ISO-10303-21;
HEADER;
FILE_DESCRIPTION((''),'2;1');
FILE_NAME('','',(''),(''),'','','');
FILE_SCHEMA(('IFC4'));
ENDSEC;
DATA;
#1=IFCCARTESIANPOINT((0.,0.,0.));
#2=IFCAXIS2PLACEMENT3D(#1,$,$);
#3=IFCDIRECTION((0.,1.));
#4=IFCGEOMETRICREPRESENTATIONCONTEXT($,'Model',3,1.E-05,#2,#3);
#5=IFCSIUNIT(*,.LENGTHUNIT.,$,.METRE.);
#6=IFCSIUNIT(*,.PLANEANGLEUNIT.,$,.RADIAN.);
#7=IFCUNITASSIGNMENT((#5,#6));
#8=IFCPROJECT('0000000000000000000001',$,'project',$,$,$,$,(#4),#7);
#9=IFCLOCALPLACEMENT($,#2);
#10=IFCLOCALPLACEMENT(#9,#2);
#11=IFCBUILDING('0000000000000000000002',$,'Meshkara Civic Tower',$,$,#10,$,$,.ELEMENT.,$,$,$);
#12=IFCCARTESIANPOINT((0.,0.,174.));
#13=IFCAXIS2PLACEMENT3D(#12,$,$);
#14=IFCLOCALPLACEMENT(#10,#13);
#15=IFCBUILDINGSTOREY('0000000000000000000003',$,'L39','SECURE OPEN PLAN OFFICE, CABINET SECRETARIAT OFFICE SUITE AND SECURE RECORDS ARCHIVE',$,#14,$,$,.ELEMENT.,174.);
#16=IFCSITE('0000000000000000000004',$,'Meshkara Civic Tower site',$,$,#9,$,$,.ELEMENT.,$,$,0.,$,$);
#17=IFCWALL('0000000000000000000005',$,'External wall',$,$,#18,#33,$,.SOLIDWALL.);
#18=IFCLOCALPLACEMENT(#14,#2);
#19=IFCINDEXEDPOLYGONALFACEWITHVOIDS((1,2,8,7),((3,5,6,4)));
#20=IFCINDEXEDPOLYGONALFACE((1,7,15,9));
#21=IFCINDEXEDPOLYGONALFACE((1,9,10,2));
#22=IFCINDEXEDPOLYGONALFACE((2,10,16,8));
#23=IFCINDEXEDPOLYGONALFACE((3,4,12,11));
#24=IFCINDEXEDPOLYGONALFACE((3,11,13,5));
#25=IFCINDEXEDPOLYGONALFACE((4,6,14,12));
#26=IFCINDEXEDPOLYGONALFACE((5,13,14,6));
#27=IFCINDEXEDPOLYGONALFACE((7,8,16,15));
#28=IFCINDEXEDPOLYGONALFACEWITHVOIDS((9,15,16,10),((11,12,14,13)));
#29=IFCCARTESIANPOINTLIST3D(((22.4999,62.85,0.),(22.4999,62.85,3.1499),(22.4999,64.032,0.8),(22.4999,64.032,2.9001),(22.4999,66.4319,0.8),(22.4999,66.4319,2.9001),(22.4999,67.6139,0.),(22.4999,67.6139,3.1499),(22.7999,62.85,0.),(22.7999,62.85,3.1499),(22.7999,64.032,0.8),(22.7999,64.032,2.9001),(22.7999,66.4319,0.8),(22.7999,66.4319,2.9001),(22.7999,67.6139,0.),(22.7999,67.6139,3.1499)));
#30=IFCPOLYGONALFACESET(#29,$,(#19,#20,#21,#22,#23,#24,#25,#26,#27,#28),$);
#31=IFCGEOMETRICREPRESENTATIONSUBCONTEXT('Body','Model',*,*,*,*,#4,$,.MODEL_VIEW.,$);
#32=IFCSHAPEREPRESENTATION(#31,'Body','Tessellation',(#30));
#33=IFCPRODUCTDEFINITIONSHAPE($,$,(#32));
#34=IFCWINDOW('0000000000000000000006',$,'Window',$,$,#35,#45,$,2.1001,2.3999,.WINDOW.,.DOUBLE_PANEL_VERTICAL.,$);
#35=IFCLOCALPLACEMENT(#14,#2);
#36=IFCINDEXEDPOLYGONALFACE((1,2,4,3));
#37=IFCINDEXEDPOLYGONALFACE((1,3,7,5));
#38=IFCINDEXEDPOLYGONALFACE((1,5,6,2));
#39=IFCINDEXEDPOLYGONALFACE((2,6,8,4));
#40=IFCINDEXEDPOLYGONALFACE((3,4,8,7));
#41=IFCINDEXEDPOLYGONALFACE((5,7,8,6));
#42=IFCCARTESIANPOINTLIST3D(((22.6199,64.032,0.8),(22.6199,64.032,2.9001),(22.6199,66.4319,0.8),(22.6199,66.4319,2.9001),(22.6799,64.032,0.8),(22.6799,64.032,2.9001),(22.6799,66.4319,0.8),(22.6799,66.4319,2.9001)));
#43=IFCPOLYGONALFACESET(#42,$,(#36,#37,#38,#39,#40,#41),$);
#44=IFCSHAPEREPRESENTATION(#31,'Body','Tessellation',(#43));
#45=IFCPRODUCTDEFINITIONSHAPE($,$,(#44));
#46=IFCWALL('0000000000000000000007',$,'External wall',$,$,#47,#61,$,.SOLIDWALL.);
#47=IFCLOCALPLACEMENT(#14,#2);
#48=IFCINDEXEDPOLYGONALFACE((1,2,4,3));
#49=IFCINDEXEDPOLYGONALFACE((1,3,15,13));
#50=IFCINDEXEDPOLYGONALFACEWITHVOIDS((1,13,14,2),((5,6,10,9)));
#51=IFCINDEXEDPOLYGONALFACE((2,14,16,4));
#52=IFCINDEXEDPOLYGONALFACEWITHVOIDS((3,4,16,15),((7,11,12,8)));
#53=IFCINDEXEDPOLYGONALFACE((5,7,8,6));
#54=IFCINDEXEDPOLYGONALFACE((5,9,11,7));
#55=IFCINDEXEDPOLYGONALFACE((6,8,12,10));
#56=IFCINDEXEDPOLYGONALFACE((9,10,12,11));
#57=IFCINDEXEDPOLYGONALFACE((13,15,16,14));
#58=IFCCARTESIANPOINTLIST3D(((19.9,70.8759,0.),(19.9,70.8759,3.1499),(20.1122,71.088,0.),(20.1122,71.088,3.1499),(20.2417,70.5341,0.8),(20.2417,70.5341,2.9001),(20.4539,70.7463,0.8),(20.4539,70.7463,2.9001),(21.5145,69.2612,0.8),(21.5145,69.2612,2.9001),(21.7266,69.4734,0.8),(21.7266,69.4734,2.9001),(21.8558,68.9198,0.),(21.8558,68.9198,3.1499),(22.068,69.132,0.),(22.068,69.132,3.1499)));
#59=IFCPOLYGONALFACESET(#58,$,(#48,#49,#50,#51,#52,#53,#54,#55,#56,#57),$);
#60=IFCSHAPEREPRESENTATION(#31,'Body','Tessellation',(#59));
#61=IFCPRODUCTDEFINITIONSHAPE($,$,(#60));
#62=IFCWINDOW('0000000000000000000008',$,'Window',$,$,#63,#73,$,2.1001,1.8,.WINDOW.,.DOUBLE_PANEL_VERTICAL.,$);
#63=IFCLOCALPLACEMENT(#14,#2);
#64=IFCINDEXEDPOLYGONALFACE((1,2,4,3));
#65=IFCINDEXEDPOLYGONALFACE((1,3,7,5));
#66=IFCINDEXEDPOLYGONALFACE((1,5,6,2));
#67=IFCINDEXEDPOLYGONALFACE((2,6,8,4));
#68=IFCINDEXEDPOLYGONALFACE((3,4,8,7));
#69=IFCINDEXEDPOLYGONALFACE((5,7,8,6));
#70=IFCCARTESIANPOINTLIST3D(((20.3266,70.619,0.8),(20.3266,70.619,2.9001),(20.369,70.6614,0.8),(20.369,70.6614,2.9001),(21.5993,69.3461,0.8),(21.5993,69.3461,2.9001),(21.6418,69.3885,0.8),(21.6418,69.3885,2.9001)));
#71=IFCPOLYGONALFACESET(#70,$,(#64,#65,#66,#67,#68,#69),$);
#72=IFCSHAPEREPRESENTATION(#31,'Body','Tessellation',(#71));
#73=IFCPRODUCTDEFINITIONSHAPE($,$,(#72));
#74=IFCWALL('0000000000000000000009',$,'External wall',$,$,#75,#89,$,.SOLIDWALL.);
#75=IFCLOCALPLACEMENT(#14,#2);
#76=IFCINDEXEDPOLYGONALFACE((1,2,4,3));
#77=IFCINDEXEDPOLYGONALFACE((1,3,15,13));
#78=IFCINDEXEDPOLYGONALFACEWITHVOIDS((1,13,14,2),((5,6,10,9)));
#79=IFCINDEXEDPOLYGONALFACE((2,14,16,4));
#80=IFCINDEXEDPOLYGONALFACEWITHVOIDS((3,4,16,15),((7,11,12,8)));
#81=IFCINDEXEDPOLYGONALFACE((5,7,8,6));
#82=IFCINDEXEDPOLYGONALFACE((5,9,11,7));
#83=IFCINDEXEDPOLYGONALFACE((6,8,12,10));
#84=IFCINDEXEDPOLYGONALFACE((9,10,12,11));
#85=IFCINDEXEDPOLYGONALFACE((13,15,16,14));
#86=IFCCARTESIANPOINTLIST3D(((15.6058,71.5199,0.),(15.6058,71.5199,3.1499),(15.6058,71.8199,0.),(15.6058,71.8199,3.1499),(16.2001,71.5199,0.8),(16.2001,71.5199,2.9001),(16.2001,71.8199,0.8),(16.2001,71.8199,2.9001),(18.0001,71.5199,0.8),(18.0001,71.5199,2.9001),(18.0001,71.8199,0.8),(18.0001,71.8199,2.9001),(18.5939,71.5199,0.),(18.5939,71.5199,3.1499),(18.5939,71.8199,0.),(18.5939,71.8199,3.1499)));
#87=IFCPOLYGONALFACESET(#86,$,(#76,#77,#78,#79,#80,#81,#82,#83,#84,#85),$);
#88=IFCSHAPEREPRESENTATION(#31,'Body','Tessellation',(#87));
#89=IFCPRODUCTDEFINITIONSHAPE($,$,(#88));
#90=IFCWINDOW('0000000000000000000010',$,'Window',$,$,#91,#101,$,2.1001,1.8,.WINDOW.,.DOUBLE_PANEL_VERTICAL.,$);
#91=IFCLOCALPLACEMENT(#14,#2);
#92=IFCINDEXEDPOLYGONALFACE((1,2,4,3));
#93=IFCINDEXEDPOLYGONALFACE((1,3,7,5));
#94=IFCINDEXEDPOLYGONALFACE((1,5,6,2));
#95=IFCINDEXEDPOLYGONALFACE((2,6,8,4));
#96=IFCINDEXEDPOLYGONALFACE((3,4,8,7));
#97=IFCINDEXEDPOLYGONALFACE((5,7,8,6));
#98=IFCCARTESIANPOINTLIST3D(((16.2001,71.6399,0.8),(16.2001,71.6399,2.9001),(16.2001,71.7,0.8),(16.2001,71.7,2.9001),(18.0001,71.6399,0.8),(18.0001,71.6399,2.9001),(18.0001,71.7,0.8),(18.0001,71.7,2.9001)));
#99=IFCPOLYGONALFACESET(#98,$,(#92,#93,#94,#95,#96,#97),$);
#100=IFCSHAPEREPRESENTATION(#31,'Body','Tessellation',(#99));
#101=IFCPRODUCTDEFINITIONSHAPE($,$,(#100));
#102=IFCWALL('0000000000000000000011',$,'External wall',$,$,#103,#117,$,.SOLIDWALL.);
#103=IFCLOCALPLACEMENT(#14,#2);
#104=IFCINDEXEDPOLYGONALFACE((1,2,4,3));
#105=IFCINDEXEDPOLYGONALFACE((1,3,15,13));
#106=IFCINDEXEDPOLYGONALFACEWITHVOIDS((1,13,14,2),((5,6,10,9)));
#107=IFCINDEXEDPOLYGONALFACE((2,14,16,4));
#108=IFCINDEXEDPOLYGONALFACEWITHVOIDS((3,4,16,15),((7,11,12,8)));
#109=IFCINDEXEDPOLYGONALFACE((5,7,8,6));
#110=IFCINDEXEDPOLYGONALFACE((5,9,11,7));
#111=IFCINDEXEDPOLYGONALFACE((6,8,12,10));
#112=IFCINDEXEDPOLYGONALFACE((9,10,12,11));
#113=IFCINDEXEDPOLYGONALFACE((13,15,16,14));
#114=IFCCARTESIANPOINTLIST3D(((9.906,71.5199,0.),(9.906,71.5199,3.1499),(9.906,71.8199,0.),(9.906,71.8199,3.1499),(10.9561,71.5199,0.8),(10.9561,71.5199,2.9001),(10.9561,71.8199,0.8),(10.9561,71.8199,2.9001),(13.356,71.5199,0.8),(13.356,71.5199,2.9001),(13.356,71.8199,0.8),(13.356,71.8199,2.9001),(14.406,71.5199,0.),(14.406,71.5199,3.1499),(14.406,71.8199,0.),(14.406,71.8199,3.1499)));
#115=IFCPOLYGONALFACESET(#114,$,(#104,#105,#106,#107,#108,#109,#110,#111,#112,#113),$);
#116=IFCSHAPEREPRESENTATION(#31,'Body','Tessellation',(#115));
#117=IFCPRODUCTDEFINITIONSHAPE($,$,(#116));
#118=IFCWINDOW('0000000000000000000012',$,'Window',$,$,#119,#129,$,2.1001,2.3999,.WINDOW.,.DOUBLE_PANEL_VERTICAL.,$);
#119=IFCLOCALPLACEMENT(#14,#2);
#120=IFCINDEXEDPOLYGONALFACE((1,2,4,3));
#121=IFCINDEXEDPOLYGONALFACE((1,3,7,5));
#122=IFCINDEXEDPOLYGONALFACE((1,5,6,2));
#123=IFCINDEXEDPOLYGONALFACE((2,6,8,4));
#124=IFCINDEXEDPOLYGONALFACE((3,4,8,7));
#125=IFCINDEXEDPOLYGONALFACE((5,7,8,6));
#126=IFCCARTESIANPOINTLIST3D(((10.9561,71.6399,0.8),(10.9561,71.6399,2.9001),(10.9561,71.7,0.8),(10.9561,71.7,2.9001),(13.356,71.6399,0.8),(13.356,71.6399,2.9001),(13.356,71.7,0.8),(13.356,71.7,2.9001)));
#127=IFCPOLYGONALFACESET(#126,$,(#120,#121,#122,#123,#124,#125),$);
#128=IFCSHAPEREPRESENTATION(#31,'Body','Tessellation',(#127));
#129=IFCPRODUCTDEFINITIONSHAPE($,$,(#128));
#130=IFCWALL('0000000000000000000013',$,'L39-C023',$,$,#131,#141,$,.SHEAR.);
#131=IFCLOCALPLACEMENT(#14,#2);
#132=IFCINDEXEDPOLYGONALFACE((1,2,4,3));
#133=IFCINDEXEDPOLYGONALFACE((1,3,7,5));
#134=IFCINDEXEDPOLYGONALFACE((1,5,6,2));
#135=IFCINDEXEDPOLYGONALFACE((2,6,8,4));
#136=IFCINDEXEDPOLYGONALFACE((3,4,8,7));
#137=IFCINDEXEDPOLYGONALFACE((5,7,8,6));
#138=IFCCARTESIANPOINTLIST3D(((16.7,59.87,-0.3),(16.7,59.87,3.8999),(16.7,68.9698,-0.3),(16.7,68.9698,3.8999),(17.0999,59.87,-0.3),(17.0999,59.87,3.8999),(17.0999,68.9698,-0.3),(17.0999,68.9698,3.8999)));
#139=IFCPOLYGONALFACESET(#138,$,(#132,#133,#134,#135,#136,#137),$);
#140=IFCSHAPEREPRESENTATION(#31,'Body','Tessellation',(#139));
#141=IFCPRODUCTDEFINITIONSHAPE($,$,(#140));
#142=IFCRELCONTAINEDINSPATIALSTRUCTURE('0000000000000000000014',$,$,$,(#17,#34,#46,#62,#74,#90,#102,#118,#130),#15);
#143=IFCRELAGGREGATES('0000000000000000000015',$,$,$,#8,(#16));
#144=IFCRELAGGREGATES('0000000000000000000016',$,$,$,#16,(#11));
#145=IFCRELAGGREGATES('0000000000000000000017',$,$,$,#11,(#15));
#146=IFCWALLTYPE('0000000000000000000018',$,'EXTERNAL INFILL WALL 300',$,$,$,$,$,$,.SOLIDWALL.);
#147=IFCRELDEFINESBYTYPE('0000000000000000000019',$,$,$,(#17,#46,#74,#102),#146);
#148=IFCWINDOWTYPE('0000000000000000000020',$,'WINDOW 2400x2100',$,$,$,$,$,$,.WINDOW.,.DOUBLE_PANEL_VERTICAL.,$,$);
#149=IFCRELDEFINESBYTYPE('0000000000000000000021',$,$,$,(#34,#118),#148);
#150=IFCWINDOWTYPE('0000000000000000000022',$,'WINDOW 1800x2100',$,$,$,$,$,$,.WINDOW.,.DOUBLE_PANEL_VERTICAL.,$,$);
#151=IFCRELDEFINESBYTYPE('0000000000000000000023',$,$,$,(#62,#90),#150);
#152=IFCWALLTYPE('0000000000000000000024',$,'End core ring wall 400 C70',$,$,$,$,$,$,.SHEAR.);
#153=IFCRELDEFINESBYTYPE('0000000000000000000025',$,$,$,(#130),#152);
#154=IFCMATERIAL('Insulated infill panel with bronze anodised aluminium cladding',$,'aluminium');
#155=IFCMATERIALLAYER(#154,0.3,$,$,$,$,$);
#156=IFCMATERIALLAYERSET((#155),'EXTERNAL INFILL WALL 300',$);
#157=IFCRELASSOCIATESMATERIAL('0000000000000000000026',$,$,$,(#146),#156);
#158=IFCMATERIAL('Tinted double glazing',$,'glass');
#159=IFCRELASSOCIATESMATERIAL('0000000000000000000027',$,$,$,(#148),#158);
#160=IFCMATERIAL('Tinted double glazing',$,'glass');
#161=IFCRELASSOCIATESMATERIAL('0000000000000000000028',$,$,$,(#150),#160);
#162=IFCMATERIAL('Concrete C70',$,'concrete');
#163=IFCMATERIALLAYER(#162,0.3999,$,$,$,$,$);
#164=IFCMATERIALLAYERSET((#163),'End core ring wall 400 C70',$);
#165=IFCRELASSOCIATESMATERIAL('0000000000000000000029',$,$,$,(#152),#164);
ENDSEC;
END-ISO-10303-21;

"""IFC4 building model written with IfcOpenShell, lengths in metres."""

from ifc_helpers import new_model, si_unit, direction, frame, frame_2d, origin, place, context, subcontext, project, spatial, rectangle, extrude, material, layer, layer_set, type_object, element, fill, save


model = new_model("IFC4")

# Units and contexts
model_context = context("Model", 3, precision=1e-05, world=origin(), true_north=direction((0.0, 1.0)))
body_context = subcontext(model_context, "Body", "Model", "MODEL_VIEW")
ifc_project = project(units=[si_unit("LENGTHUNIT", "METRE"), si_unit("PLANEANGLEUNIT", "RADIAN")], contexts=[model_context])

# Site, building, storey
site_placement = place(None, origin())
site = spatial("IfcSite", under=ifc_project, at=site_placement, Name="Meshkara Civic Tower site", CompositionType="ELEMENT", RefElevation=0.0)
building_placement = place(site_placement, origin())
building = spatial("IfcBuilding", under=site, at=building_placement, Name="Meshkara Civic Tower", CompositionType="ELEMENT")
storey_placement = place(building_placement, frame((0.0, 0.0, 174.0)))
storey = spatial("IfcBuildingStorey", under=building, at=storey_placement, Name="L39", Description="SECURE OPEN PLAN OFFICE, CABINET SECRETARIAT OFFICE SUITE AND SECURE RECORDS ARCHIVE", CompositionType="ELEMENT", Elevation=174.0)

# Walls, openings, windows
ifc_material_1 = material(Name="Insulated infill panel with bronze anodised aluminium cladding", Category="aluminium")
ifc_layer_1 = layer(ifc_material_1, 0.3)
ifc_layer_set_1 = layer_set([ifc_layer_1], Name="EXTERNAL INFILL WALL 300")
wall_type_1 = type_object("IfcWallType", Name="EXTERNAL INFILL WALL 300", PredefinedType="SOLIDWALL", material=ifc_layer_set_1)
wall_1_placement = place(storey_placement, frame((22.6499, 62.8501, 0.0), z_axis=(0.0, 0.0, 1.0), x_axis=(0.0, 1.0, 0.0)))
wall_1 = element("IfcWall", 1, at=wall_1_placement, inside=storey, type_object=wall_type_1, Name="External wall", PredefinedType="SOLIDWALL", context=body_context, shape_type="SweptSolid", body=[
    extrude(rectangle(XDim=4.7639, YDim=0.3, at=frame_2d((2.3818, 0.0))), origin(), (0.0, 0.0, 1.0), 3.1499),
])
opening_1_placement = place(wall_1_placement, frame((1.1819, 0.0, 0.8)))
opening_1 = element("IfcOpeningElement", 2, at=opening_1_placement, cuts=wall_1, PredefinedType="OPENING", context=body_context, shape_type="SweptSolid", body=[
    extrude(rectangle(XDim=2.3999, YDim=2.1001, at=frame_2d((1.2, 1.05))), frame((0.0, 0.1599, 0.0), z_axis=(0.0, -1.0, 0.0), x_axis=(1.0, 0.0, 0.0)), (0.0, 0.0, 1.0), 0.3201),
])
ifc_material_2 = material(Name="Tinted double glazing", Category="glass")
window_type_1 = type_object("IfcWindowType", Name="WINDOW 2400x2100", PartitioningType="DOUBLE_PANEL_VERTICAL", PredefinedType="WINDOW", material=ifc_material_2)
window_1_placement = place(opening_1_placement, origin())
window_1 = element("IfcWindow", 3, at=window_1_placement, inside=storey, type_object=window_type_1, Name="Window", OverallHeight=2.1001, OverallWidth=2.3999, PartitioningType="DOUBLE_PANEL_VERTICAL", PredefinedType="WINDOW", context=body_context, shape_type="SweptSolid", body=[
    extrude(rectangle(XDim=2.3999, YDim=2.1001, at=frame_2d((1.2, 1.05))), frame((0.0, 0.03, 0.0), z_axis=(0.0, -1.0, 0.0), x_axis=(1.0, 0.0, 0.0)), (0.0, 0.0, 1.0), 0.0601),
])
fill(opening_1, window_1)
wall_2_placement = place(storey_placement, frame((21.9619, 69.0259, 0.0), z_axis=(0.0, 0.0, 1.0), x_axis=(-0.707063, 0.707151, 0.0)))
wall_2 = element("IfcWall", 4, at=wall_2_placement, inside=storey, type_object=wall_type_1, Name="External wall", PredefinedType="SOLIDWALL", context=body_context, shape_type="SweptSolid", body=[
    extrude(rectangle(XDim=2.7661, YDim=0.3, at=frame_2d((1.3831, 0.0))), origin(), (0.0, 0.0, 1.0), 3.1499),
])
opening_2_placement = place(wall_2_placement, frame((0.4829, 0.0, 0.8)))
opening_2 = element("IfcOpeningElement", 5, at=opening_2_placement, cuts=wall_2, PredefinedType="OPENING", context=body_context, shape_type="SweptSolid", body=[
    extrude(rectangle(XDim=1.8, YDim=2.1001, at=frame_2d((0.8999, 1.05))), frame((0.0, 0.1599, 0.0), z_axis=(0.0, -1.0, 0.0), x_axis=(1.0, 0.0, 0.0)), (0.0, 0.0, 1.0), 0.3201),
])
ifc_material_3 = material(Name="Tinted double glazing", Category="glass")
window_type_2 = type_object("IfcWindowType", Name="WINDOW 1800x2100", PartitioningType="DOUBLE_PANEL_VERTICAL", PredefinedType="WINDOW", material=ifc_material_3)
window_2_placement = place(opening_2_placement, origin())
window_2 = element("IfcWindow", 6, at=window_2_placement, inside=storey, type_object=window_type_2, Name="Window", OverallHeight=2.1001, OverallWidth=1.8, PartitioningType="DOUBLE_PANEL_VERTICAL", PredefinedType="WINDOW", context=body_context, shape_type="SweptSolid", body=[
    extrude(rectangle(XDim=1.8, YDim=2.1001, at=frame_2d((0.8999, 1.05))), frame((0.0, 0.03, 0.0), z_axis=(0.0, -1.0, 0.0), x_axis=(1.0, 0.0, 0.0)), (0.0, 0.0, 1.0), 0.0601),
])
fill(opening_2, window_2)
wall_3_placement = place(storey_placement, frame((18.594, 71.6699, 0.0), z_axis=(0.0, 0.0, 1.0), x_axis=(-1.0, 0.0, 0.0)))
wall_3 = element("IfcWall", 7, at=wall_3_placement, inside=storey, type_object=wall_type_1, Name="External wall", PredefinedType="SOLIDWALL", context=body_context, shape_type="SweptSolid", body=[
    extrude(rectangle(XDim=2.988, YDim=0.3, at=frame_2d((1.4941, 0.0))), origin(), (0.0, 0.0, 1.0), 3.1499),
])
opening_3_placement = place(wall_3_placement, frame((0.594, 0.0, 0.8)))
opening_3 = element("IfcOpeningElement", 8, at=opening_3_placement, cuts=wall_3, PredefinedType="OPENING", context=body_context, shape_type="SweptSolid", body=[
    extrude(rectangle(XDim=1.8, YDim=2.1001, at=frame_2d((0.8999, 1.05))), frame((0.0, 0.1599, 0.0), z_axis=(0.0, -1.0, 0.0), x_axis=(1.0, 0.0, 0.0)), (0.0, 0.0, 1.0), 0.3201),
])
window_3_placement = place(opening_3_placement, origin())
window_3 = element("IfcWindow", 9, at=window_3_placement, inside=storey, type_object=window_type_2, Name="Window", OverallHeight=2.1001, OverallWidth=1.8, PartitioningType="DOUBLE_PANEL_VERTICAL", PredefinedType="WINDOW", context=body_context, shape_type="SweptSolid", body=[
    extrude(rectangle(XDim=1.8, YDim=2.1001, at=frame_2d((0.8999, 1.05))), frame((0.0, 0.03, 0.0), z_axis=(0.0, -1.0, 0.0), x_axis=(1.0, 0.0, 0.0)), (0.0, 0.0, 1.0), 0.0601),
])
fill(opening_3, window_3)
wall_4_placement = place(storey_placement, frame((14.406, 71.6699, 0.0), z_axis=(0.0, 0.0, 1.0), x_axis=(-1.0, 0.0, 0.0)))
wall_4 = element("IfcWall", 10, at=wall_4_placement, inside=storey, type_object=wall_type_1, Name="External wall", PredefinedType="SOLIDWALL", context=body_context, shape_type="SweptSolid", body=[
    extrude(rectangle(XDim=4.5, YDim=0.3, at=frame_2d((2.25, 0.0))), origin(), (0.0, 0.0, 1.0), 3.1499),
])
opening_4_placement = place(wall_4_placement, frame((1.05, 0.0, 0.8)))
opening_4 = element("IfcOpeningElement", 11, at=opening_4_placement, cuts=wall_4, PredefinedType="OPENING", context=body_context, shape_type="SweptSolid", body=[
    extrude(rectangle(XDim=2.3999, YDim=2.1001, at=frame_2d((1.2, 1.05))), frame((0.0, 0.1599, 0.0), z_axis=(0.0, -1.0, 0.0), x_axis=(1.0, 0.0, 0.0)), (0.0, 0.0, 1.0), 0.3201),
])
window_4_placement = place(opening_4_placement, origin())
window_4 = element("IfcWindow", 12, at=window_4_placement, inside=storey, type_object=window_type_1, Name="Window", OverallHeight=2.1001, OverallWidth=2.3999, PartitioningType="DOUBLE_PANEL_VERTICAL", PredefinedType="WINDOW", context=body_context, shape_type="SweptSolid", body=[
    extrude(rectangle(XDim=2.3999, YDim=2.1001, at=frame_2d((1.2, 1.05))), frame((0.0, 0.03, 0.0), z_axis=(0.0, -1.0, 0.0), x_axis=(1.0, 0.0, 0.0)), (0.0, 0.0, 1.0), 0.0601),
])
fill(opening_4, window_4)

# Wall
ifc_material_4 = material(Name="Concrete C70", Category="concrete")
ifc_layer_2 = layer(ifc_material_4, 0.3999)
ifc_layer_set_2 = layer_set([ifc_layer_2], Name="End core ring wall 400 C70")
wall_type_2 = type_object("IfcWallType", Name="End core ring wall 400 C70", PredefinedType="SHEAR", material=ifc_layer_set_2)
wall_5_placement = place(storey_placement, frame((16.8999, 59.8701, -0.3), z_axis=(0.0, 0.0, 1.0), x_axis=(0.0, 1.0, 0.0)))
element("IfcWall", 13, at=wall_5_placement, inside=storey, type_object=wall_type_2, Name="L39-C023", PredefinedType="SHEAR", context=body_context, shape_type="SweptSolid", body=[
    extrude(rectangle(XDim=9.0999, YDim=0.3999, at=frame_2d((4.5498, 0.0))), origin(), (0.0, 0.0, 1.0), 4.2),
])

save(model, "model.ifc")
